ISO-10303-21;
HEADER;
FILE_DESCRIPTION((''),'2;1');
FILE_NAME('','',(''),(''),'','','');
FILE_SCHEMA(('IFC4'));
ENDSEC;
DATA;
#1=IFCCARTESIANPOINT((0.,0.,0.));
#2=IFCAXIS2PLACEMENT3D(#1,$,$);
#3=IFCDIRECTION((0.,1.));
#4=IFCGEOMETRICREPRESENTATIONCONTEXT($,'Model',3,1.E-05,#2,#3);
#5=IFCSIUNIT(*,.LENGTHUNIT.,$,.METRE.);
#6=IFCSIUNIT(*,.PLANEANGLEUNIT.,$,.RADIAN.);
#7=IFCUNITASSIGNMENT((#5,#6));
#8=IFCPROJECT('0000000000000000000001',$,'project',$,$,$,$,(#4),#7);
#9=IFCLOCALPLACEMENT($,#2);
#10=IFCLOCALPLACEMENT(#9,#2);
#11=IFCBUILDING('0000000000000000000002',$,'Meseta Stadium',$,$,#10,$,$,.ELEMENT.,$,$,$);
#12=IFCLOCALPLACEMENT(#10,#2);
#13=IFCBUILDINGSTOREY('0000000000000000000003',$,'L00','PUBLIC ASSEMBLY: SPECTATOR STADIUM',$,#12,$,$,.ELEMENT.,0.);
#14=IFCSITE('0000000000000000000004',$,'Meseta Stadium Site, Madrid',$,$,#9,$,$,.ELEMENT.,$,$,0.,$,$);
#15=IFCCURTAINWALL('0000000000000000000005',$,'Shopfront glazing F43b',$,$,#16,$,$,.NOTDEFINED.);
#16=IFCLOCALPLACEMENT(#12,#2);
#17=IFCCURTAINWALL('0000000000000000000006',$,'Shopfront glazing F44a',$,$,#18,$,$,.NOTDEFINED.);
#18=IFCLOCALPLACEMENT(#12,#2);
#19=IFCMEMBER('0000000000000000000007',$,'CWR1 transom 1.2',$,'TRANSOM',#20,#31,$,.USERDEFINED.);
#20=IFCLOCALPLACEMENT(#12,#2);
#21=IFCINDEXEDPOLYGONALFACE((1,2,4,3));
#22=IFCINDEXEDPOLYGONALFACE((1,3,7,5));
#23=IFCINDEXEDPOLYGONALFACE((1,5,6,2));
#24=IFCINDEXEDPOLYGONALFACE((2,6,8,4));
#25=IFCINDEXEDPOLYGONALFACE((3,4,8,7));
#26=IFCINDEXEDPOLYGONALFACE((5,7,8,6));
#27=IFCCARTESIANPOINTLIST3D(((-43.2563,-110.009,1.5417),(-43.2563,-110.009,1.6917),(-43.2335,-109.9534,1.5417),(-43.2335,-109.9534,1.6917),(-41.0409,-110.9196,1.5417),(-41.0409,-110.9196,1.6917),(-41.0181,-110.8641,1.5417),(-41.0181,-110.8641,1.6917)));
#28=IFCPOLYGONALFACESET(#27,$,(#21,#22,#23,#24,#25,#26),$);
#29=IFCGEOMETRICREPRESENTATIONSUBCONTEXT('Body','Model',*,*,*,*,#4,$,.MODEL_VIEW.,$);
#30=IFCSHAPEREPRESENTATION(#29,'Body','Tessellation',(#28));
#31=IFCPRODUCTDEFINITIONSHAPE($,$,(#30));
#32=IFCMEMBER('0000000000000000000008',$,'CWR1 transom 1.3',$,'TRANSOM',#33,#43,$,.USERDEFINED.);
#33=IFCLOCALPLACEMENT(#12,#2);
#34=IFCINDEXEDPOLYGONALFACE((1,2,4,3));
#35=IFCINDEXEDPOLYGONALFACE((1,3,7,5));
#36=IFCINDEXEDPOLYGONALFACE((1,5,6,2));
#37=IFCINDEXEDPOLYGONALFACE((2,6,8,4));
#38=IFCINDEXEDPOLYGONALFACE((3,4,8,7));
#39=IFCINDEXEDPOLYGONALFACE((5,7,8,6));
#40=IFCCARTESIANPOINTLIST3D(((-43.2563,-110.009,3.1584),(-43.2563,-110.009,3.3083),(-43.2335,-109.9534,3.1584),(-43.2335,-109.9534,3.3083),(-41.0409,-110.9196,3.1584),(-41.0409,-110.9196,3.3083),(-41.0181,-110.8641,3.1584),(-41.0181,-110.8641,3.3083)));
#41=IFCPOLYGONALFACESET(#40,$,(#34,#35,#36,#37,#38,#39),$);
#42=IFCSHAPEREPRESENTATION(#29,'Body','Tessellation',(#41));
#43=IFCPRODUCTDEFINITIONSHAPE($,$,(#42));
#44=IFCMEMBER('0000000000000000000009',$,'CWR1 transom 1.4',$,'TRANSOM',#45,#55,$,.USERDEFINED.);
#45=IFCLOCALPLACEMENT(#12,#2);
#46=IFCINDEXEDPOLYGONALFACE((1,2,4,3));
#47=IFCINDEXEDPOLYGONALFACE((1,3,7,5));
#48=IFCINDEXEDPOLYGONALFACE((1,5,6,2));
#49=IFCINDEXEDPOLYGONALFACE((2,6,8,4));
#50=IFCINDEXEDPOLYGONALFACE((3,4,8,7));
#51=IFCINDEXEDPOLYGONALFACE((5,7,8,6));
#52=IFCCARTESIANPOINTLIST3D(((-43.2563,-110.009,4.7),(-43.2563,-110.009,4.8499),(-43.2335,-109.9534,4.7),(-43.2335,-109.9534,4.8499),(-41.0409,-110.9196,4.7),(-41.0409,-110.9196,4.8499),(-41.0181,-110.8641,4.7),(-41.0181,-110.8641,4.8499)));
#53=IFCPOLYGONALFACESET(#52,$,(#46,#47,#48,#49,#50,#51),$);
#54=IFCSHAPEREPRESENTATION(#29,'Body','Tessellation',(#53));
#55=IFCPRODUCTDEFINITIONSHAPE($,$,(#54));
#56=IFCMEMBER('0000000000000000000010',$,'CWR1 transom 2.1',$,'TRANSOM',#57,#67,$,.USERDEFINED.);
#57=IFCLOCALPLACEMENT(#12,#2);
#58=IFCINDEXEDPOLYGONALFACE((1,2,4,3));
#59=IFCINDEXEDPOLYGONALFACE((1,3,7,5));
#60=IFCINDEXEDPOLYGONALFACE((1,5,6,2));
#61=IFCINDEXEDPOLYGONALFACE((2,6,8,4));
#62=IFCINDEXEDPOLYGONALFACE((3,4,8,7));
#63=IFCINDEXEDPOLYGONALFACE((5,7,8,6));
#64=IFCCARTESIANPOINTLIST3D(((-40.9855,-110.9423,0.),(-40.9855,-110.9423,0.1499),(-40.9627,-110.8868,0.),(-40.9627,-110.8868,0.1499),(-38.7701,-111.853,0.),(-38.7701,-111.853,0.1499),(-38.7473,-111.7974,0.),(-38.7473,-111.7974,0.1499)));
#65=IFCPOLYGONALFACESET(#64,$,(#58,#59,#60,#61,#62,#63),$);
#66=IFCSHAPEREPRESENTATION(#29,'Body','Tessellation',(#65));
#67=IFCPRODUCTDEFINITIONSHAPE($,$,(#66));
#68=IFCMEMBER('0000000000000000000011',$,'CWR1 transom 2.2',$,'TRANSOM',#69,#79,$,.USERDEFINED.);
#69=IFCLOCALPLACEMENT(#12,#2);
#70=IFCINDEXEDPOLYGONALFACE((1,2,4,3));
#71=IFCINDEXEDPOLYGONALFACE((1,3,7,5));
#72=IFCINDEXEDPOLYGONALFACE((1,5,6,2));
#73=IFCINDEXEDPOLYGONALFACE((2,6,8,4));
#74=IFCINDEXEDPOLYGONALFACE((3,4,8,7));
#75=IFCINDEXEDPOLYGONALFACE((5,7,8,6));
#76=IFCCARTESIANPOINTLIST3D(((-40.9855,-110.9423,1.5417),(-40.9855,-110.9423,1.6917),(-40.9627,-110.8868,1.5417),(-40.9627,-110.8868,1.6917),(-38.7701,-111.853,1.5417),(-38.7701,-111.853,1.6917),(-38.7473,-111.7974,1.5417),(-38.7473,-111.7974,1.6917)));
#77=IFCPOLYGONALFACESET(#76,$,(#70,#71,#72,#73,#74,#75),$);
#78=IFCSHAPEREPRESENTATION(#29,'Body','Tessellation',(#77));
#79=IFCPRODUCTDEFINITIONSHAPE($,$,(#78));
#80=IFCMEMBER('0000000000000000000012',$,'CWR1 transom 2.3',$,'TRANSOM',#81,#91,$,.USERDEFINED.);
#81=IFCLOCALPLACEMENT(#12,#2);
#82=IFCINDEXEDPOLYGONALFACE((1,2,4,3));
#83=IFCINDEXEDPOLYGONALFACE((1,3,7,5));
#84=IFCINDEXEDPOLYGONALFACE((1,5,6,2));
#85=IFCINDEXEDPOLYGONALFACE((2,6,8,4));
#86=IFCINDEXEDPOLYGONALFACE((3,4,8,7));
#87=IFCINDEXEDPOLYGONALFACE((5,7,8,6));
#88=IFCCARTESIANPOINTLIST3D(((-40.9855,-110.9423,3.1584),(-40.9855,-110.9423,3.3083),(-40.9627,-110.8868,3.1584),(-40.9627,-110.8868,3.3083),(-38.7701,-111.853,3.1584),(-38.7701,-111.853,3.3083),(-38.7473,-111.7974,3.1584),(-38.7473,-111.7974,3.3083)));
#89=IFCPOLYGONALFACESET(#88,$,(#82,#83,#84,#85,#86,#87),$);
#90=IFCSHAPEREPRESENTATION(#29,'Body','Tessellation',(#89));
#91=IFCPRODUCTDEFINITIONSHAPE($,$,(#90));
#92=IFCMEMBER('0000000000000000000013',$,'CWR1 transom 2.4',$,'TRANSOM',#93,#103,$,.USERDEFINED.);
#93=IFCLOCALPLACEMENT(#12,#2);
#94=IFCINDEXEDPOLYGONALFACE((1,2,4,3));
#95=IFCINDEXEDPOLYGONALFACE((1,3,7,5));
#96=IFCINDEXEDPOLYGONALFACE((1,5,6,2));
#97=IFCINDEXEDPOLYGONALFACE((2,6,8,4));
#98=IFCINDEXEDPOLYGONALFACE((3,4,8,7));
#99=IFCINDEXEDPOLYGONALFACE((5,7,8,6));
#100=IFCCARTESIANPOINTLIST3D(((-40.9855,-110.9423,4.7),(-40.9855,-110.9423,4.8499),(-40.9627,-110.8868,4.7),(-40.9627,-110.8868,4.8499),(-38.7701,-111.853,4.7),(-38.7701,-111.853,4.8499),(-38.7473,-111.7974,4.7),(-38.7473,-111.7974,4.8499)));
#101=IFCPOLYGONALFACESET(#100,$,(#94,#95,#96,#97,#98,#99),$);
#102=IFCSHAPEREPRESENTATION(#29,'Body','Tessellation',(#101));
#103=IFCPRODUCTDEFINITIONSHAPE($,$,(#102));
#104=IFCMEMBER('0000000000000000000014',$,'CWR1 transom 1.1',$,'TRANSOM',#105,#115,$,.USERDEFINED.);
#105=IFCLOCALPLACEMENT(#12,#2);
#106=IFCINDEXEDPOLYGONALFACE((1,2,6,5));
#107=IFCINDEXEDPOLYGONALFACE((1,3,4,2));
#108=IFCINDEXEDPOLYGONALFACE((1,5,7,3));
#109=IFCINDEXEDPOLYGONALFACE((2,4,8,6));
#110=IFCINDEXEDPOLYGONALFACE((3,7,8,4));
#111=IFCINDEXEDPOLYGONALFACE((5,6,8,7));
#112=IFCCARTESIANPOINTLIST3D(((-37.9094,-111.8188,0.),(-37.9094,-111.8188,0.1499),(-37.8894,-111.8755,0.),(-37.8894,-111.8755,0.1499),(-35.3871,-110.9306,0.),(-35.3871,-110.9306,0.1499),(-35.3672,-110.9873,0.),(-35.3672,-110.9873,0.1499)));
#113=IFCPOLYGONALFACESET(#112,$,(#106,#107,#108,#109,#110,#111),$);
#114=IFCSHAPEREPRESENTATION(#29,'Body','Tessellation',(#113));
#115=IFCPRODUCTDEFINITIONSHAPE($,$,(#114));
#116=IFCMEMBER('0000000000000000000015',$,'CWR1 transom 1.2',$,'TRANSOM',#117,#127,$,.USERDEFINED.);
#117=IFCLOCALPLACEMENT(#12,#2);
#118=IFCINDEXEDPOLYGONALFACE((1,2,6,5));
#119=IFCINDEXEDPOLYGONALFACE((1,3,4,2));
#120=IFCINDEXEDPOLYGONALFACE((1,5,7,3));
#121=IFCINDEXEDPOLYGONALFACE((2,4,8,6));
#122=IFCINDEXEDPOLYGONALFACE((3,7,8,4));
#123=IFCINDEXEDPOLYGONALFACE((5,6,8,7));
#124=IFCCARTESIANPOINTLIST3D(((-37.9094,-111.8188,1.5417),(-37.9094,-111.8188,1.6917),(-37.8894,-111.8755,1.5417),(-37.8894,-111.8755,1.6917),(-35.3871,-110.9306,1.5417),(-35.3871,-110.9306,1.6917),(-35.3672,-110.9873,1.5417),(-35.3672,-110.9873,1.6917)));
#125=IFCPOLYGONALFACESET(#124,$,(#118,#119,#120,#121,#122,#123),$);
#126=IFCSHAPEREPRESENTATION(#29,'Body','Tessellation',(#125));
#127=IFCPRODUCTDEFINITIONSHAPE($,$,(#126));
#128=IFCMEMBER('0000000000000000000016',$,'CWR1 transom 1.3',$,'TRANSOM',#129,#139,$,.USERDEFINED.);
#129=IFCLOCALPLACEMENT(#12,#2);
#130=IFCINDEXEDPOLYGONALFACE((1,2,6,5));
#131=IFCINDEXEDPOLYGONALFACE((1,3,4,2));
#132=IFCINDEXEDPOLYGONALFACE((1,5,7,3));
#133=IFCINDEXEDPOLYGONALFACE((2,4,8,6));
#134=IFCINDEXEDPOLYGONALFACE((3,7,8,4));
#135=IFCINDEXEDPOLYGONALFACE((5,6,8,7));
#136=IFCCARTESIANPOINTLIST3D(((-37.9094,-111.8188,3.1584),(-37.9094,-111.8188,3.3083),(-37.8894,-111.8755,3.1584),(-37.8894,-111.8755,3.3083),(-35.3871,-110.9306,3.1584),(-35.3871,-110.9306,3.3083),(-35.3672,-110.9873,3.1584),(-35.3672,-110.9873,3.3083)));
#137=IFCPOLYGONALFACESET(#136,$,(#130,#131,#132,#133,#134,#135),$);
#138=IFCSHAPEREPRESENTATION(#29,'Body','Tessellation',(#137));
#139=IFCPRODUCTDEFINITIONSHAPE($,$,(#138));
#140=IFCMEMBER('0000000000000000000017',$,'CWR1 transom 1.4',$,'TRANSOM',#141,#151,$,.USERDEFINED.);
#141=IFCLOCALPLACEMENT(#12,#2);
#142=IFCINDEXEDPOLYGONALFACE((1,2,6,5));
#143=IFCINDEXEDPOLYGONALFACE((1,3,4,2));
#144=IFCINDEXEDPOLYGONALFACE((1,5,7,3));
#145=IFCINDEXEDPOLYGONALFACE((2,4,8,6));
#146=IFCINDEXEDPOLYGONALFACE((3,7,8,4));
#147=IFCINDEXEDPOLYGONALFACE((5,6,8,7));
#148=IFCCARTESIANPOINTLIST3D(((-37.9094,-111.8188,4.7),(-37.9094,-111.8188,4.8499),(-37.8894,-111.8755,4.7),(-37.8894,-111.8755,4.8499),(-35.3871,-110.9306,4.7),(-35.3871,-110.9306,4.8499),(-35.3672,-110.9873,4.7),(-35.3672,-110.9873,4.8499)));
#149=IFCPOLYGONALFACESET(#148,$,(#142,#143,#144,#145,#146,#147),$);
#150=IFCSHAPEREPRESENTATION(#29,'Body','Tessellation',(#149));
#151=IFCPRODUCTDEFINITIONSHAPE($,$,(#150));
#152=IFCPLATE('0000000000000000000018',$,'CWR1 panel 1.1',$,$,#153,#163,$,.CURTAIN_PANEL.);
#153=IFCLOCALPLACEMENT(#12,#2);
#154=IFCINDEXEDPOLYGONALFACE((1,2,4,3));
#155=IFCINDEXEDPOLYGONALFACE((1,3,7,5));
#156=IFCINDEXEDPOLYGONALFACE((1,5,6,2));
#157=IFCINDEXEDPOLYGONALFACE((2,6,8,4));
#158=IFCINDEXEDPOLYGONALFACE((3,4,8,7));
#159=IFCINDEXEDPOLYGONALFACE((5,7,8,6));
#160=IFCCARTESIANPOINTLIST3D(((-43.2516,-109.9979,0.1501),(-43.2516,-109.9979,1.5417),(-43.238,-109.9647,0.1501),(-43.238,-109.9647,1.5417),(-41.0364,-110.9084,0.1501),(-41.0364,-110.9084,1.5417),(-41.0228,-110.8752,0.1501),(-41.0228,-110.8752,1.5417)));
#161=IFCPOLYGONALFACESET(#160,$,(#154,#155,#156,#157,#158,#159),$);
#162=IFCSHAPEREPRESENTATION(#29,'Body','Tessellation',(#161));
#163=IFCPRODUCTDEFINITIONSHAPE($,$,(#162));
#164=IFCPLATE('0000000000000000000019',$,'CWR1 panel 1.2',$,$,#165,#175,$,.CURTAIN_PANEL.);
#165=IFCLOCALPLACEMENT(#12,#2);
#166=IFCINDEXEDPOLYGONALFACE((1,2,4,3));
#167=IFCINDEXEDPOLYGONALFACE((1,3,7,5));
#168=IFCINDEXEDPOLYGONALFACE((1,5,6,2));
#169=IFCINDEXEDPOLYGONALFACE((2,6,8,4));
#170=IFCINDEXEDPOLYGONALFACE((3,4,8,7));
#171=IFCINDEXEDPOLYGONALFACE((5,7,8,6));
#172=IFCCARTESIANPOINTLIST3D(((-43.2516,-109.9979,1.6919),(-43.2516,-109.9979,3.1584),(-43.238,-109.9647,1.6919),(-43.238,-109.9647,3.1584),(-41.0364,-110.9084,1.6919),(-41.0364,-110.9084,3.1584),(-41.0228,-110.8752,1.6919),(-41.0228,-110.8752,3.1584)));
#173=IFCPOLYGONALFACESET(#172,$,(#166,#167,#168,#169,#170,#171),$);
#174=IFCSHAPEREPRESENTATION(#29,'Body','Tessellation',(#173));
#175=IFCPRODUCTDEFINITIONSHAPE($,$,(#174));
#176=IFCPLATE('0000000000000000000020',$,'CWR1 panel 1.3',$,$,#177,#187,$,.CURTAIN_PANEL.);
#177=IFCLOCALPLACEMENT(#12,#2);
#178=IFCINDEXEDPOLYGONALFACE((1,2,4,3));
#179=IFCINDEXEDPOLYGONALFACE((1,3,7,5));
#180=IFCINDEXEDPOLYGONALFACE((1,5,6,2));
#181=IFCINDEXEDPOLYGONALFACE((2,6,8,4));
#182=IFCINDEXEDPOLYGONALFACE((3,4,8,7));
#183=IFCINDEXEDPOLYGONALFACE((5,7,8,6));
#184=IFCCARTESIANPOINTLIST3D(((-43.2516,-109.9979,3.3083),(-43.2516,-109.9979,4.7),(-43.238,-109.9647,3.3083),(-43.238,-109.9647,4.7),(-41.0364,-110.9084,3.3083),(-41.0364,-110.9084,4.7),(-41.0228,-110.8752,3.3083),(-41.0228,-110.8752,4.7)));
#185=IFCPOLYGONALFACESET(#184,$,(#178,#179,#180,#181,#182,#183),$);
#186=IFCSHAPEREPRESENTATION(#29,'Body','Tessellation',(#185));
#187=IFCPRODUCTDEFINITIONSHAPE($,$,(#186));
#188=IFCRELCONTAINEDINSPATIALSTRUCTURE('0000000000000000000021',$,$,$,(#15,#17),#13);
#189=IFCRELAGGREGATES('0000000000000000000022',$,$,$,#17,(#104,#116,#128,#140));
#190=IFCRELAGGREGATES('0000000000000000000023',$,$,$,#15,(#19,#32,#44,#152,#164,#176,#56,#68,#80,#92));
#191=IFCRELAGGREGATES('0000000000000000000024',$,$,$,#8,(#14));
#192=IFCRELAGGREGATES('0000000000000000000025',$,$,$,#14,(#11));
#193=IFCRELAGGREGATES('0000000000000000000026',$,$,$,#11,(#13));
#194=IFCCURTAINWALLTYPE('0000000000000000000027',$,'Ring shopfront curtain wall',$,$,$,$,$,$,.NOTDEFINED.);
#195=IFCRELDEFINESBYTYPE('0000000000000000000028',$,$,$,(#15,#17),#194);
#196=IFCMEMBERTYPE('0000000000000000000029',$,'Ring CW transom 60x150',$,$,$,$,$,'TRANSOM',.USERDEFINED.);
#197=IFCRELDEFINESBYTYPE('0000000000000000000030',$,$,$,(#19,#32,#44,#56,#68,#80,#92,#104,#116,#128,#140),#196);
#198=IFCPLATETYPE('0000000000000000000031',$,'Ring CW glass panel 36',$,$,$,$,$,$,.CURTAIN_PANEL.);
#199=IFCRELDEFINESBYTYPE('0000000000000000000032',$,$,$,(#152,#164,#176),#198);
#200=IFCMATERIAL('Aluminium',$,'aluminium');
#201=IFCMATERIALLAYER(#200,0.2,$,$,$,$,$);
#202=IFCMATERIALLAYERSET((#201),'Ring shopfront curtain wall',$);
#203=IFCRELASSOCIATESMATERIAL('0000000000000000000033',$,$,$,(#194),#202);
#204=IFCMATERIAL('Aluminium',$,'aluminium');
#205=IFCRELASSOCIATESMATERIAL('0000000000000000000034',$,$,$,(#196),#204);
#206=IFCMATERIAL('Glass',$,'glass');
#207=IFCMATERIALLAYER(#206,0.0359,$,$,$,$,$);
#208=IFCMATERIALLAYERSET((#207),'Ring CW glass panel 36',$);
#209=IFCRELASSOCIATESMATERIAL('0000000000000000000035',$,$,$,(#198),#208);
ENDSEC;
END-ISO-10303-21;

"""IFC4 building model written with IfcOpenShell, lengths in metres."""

from ifc_helpers import new_model, si_unit, direction, frame, origin, origin_2d, place, context, subcontext, project, spatial, rectangle, extrude, material, layer, layer_set, material_profile, profile_set, type_object, element, aggregate, save


model = new_model("IFC4")

# Units and contexts
model_context = context("Model", 3, precision=1e-05, world=origin(), true_north=direction((0.0, 1.0)))
body_context = subcontext(model_context, "Body", "Model", "MODEL_VIEW")
ifc_project = project(units=[si_unit("LENGTHUNIT", "METRE"), si_unit("PLANEANGLEUNIT", "RADIAN")], contexts=[model_context])

# Site, building, storey
site_placement = place(None, origin())
site = spatial("IfcSite", under=ifc_project, at=site_placement, Name="Meseta Stadium Site, Madrid", CompositionType="ELEMENT", RefElevation=0.0)
building_placement = place(site_placement, origin())
building = spatial("IfcBuilding", under=site, at=building_placement, Name="Meseta Stadium", CompositionType="ELEMENT")
storey_placement = place(building_placement, origin())
storey = spatial("IfcBuildingStorey", under=building, at=storey_placement, Name="L00", Description="PUBLIC ASSEMBLY: SPECTATOR STADIUM", CompositionType="ELEMENT", Elevation=0.0)

# Curtain wall
ifc_material_1 = material(Name="Aluminium", Category="aluminium")
ifc_layer_1 = layer(ifc_material_1, 0.2)
ifc_layer_set_1 = layer_set([ifc_layer_1], Name="Ring shopfront curtain wall")
curtain_wall_type = type_object("IfcCurtainWallType", Name="Ring shopfront curtain wall", PredefinedType="NOTDEFINED", material=ifc_layer_set_1)
curtain_wall_1_placement = place(storey_placement, origin())
curtain_wall_1 = element("IfcCurtainWall", 1, at=curtain_wall_1_placement, inside=storey, type_object=curtain_wall_type, Name="Shopfront glazing F43b", PredefinedType="NOTDEFINED")

# Curtain wall
curtain_wall_2_placement = place(storey_placement, origin())
curtain_wall_2 = element("IfcCurtainWall", 2, at=curtain_wall_2_placement, inside=storey, type_object=curtain_wall_type, Name="Shopfront glazing F44a", PredefinedType="NOTDEFINED")

# Members
ifc_material_2 = material(Name="Aluminium", Category="aluminium")
ifc_material_profile_1 = material_profile(ifc_material_2, rectangle(XDim=0.0601, YDim=0.1499, at=origin_2d()), Name="CW 60x150")
ifc_profile_set_1 = profile_set([ifc_material_profile_1], Name="Aluminium")
member_type_1 = type_object("IfcMemberType", Name="Ring CW transom 60x150", ElementType="TRANSOM", PredefinedType="USERDEFINED", material=ifc_profile_set_1)
member_1_placement = place(storey_placement, frame((-43.2449, -109.9812, 1.6167), z_axis=(0.924906, -0.380196, 0.0), x_axis=(0.380196, 0.924906, 0.0)))
member_1 = element("IfcMember", 3, at=member_1_placement, type_object=member_type_1, Name="CWR1 transom 1.2", ObjectType="TRANSOM", PredefinedType="USERDEFINED", context=body_context, shape_type="SweptSolid", body=[
    extrude(rectangle(XDim=0.0601, YDim=0.1499, at=origin_2d()), origin(), (0.0, 0.0, 1.0), 2.3953),
])
member_2_placement = place(storey_placement, frame((-43.2449, -109.9812, 3.2334), z_axis=(0.924906, -0.380196, 0.0), x_axis=(0.380196, 0.924906, 0.0)))
member_2 = element("IfcMember", 4, at=member_2_placement, type_object=member_type_1, Name="CWR1 transom 1.3", ObjectType="TRANSOM", PredefinedType="USERDEFINED", context=body_context, shape_type="SweptSolid", body=[
    extrude(rectangle(XDim=0.0601, YDim=0.1499, at=origin_2d()), origin(), (0.0, 0.0, 1.0), 2.3953),
])
member_3_placement = place(storey_placement, frame((-43.2449, -109.9812, 4.7749), z_axis=(0.924906, -0.380196, 0.0), x_axis=(0.380196, 0.924906, 0.0)))
member_3 = element("IfcMember", 5, at=member_3_placement, type_object=member_type_1, Name="CWR1 transom 1.4", ObjectType="TRANSOM", PredefinedType="USERDEFINED", context=body_context, shape_type="SweptSolid", body=[
    extrude(rectangle(XDim=0.0601, YDim=0.1499, at=origin_2d()), origin(), (0.0, 0.0, 1.0), 2.3953),
])
member_4_placement = place(storey_placement, frame((-40.9741, -110.9146, 0.075), z_axis=(0.924906, -0.380196, 0.0), x_axis=(0.380196, 0.924906, 0.0)))
member_4 = element("IfcMember", 6, at=member_4_placement, type_object=member_type_1, Name="CWR1 transom 2.1", ObjectType="TRANSOM", PredefinedType="USERDEFINED", context=body_context, shape_type="SweptSolid", body=[
    extrude(rectangle(XDim=0.0601, YDim=0.1499, at=origin_2d()), origin(), (0.0, 0.0, 1.0), 2.3953),
])
member_5_placement = place(storey_placement, frame((-40.9741, -110.9146, 1.6167), z_axis=(0.924906, -0.380196, 0.0), x_axis=(0.380196, 0.924906, 0.0)))
member_5 = element("IfcMember", 7, at=member_5_placement, type_object=member_type_1, Name="CWR1 transom 2.2", ObjectType="TRANSOM", PredefinedType="USERDEFINED", context=body_context, shape_type="SweptSolid", body=[
    extrude(rectangle(XDim=0.0601, YDim=0.1499, at=origin_2d()), origin(), (0.0, 0.0, 1.0), 2.3953),
])
member_6_placement = place(storey_placement, frame((-40.9741, -110.9146, 3.2334), z_axis=(0.924906, -0.380196, 0.0), x_axis=(0.380196, 0.924906, 0.0)))
member_6 = element("IfcMember", 8, at=member_6_placement, type_object=member_type_1, Name="CWR1 transom 2.3", ObjectType="TRANSOM", PredefinedType="USERDEFINED", context=body_context, shape_type="SweptSolid", body=[
    extrude(rectangle(XDim=0.0601, YDim=0.1499, at=origin_2d()), origin(), (0.0, 0.0, 1.0), 2.3953),
])
member_7_placement = place(storey_placement, frame((-40.9741, -110.9146, 4.7749), z_axis=(0.924906, -0.380196, 0.0), x_axis=(0.380196, 0.924906, 0.0)))
member_7 = element("IfcMember", 9, at=member_7_placement, type_object=member_type_1, Name="CWR1 transom 2.4", ObjectType="TRANSOM", PredefinedType="USERDEFINED", context=body_context, shape_type="SweptSolid", body=[
    extrude(rectangle(XDim=0.0601, YDim=0.1499, at=origin_2d()), origin(), (0.0, 0.0, 1.0), 2.3953),
])
member_8_placement = place(storey_placement, frame((-37.8994, -111.8472, 0.075), z_axis=(0.943226, 0.332151, 0.0), x_axis=(-0.332151, 0.943226, 0.0)))
member_8 = element("IfcMember", 10, at=member_8_placement, type_object=member_type_1, Name="CWR1 transom 1.1", ObjectType="TRANSOM", PredefinedType="USERDEFINED", context=body_context, shape_type="SweptSolid", body=[
    extrude(rectangle(XDim=0.0601, YDim=0.1499, at=origin_2d()), origin(), (0.0, 0.0, 1.0), 2.6741),
])
member_9_placement = place(storey_placement, frame((-37.8994, -111.8472, 1.6167), z_axis=(0.943226, 0.332151, 0.0), x_axis=(-0.332151, 0.943226, 0.0)))
member_9 = element("IfcMember", 11, at=member_9_placement, type_object=member_type_1, Name="CWR1 transom 1.2", ObjectType="TRANSOM", PredefinedType="USERDEFINED", context=body_context, shape_type="SweptSolid", body=[
    extrude(rectangle(XDim=0.0601, YDim=0.1499, at=origin_2d()), origin(), (0.0, 0.0, 1.0), 2.6741),
])
member_10_placement = place(storey_placement, frame((-37.8994, -111.8472, 3.2334), z_axis=(0.943226, 0.332151, 0.0), x_axis=(-0.332151, 0.943226, 0.0)))
member_10 = element("IfcMember", 12, at=member_10_placement, type_object=member_type_1, Name="CWR1 transom 1.3", ObjectType="TRANSOM", PredefinedType="USERDEFINED", context=body_context, shape_type="SweptSolid", body=[
    extrude(rectangle(XDim=0.0601, YDim=0.1499, at=origin_2d()), origin(), (0.0, 0.0, 1.0), 2.6741),
])
member_11_placement = place(storey_placement, frame((-37.8994, -111.8472, 4.7749), z_axis=(0.943226, 0.332151, 0.0), x_axis=(-0.332151, 0.943226, 0.0)))
member_11 = element("IfcMember", 13, at=member_11_placement, type_object=member_type_1, Name="CWR1 transom 1.4", ObjectType="TRANSOM", PredefinedType="USERDEFINED", context=body_context, shape_type="SweptSolid", body=[
    extrude(rectangle(XDim=0.0601, YDim=0.1499, at=origin_2d()), origin(), (0.0, 0.0, 1.0), 2.6741),
])
aggregate(curtain_wall_2, [member_8, member_9, member_10, member_11])

# Plates
ifc_material_3 = material(Name="Glass", Category="glass")
ifc_layer_2 = layer(ifc_material_3, 0.0359)
ifc_layer_set_2 = layer_set([ifc_layer_2], Name="Ring CW glass panel 36")
plate_type = type_object("IfcPlateType", Name="Ring CW glass panel 36", PredefinedType="CURTAIN_PANEL", material=ifc_layer_set_2)
plate_1_placement = place(storey_placement, frame((-42.1372, -110.4365, 0.1501), z_axis=(0.0, 0.0, 1.0), x_axis=(0.92492, -0.380161, 0.0)))
plate_1 = element("IfcPlate", 14, at=plate_1_placement, type_object=plate_type, Name="CWR1 panel 1.1", PredefinedType="CURTAIN_PANEL", context=body_context, shape_type="SweptSolid", body=[
    extrude(rectangle(XDim=2.395, YDim=0.0359, at=origin_2d()), origin(), (0.0, 0.0, 1.0), 1.3916),
])
plate_2_placement = place(storey_placement, frame((-42.1372, -110.4365, 1.6919), z_axis=(0.0, 0.0, 1.0), x_axis=(0.92492, -0.380161, 0.0)))
plate_2 = element("IfcPlate", 15, at=plate_2_placement, type_object=plate_type, Name="CWR1 panel 1.2", PredefinedType="CURTAIN_PANEL", context=body_context, shape_type="SweptSolid", body=[
    extrude(rectangle(XDim=2.395, YDim=0.0359, at=origin_2d()), origin(), (0.0, 0.0, 1.0), 1.4666),
])
plate_3_placement = place(storey_placement, frame((-42.1372, -110.4365, 3.3083), z_axis=(0.0, 0.0, 1.0), x_axis=(0.92492, -0.380161, 0.0)))
plate_3 = element("IfcPlate", 16, at=plate_3_placement, type_object=plate_type, Name="CWR1 panel 1.3", PredefinedType="CURTAIN_PANEL", context=body_context, shape_type="SweptSolid", body=[
    extrude(rectangle(XDim=2.395, YDim=0.0359, at=origin_2d()), origin(), (0.0, 0.0, 1.0), 1.3916),
])
aggregate(curtain_wall_1, [member_1, member_2, member_3, plate_1, plate_2, plate_3, member_4, member_5, member_6, member_7])

save(model, "model.ifc")
